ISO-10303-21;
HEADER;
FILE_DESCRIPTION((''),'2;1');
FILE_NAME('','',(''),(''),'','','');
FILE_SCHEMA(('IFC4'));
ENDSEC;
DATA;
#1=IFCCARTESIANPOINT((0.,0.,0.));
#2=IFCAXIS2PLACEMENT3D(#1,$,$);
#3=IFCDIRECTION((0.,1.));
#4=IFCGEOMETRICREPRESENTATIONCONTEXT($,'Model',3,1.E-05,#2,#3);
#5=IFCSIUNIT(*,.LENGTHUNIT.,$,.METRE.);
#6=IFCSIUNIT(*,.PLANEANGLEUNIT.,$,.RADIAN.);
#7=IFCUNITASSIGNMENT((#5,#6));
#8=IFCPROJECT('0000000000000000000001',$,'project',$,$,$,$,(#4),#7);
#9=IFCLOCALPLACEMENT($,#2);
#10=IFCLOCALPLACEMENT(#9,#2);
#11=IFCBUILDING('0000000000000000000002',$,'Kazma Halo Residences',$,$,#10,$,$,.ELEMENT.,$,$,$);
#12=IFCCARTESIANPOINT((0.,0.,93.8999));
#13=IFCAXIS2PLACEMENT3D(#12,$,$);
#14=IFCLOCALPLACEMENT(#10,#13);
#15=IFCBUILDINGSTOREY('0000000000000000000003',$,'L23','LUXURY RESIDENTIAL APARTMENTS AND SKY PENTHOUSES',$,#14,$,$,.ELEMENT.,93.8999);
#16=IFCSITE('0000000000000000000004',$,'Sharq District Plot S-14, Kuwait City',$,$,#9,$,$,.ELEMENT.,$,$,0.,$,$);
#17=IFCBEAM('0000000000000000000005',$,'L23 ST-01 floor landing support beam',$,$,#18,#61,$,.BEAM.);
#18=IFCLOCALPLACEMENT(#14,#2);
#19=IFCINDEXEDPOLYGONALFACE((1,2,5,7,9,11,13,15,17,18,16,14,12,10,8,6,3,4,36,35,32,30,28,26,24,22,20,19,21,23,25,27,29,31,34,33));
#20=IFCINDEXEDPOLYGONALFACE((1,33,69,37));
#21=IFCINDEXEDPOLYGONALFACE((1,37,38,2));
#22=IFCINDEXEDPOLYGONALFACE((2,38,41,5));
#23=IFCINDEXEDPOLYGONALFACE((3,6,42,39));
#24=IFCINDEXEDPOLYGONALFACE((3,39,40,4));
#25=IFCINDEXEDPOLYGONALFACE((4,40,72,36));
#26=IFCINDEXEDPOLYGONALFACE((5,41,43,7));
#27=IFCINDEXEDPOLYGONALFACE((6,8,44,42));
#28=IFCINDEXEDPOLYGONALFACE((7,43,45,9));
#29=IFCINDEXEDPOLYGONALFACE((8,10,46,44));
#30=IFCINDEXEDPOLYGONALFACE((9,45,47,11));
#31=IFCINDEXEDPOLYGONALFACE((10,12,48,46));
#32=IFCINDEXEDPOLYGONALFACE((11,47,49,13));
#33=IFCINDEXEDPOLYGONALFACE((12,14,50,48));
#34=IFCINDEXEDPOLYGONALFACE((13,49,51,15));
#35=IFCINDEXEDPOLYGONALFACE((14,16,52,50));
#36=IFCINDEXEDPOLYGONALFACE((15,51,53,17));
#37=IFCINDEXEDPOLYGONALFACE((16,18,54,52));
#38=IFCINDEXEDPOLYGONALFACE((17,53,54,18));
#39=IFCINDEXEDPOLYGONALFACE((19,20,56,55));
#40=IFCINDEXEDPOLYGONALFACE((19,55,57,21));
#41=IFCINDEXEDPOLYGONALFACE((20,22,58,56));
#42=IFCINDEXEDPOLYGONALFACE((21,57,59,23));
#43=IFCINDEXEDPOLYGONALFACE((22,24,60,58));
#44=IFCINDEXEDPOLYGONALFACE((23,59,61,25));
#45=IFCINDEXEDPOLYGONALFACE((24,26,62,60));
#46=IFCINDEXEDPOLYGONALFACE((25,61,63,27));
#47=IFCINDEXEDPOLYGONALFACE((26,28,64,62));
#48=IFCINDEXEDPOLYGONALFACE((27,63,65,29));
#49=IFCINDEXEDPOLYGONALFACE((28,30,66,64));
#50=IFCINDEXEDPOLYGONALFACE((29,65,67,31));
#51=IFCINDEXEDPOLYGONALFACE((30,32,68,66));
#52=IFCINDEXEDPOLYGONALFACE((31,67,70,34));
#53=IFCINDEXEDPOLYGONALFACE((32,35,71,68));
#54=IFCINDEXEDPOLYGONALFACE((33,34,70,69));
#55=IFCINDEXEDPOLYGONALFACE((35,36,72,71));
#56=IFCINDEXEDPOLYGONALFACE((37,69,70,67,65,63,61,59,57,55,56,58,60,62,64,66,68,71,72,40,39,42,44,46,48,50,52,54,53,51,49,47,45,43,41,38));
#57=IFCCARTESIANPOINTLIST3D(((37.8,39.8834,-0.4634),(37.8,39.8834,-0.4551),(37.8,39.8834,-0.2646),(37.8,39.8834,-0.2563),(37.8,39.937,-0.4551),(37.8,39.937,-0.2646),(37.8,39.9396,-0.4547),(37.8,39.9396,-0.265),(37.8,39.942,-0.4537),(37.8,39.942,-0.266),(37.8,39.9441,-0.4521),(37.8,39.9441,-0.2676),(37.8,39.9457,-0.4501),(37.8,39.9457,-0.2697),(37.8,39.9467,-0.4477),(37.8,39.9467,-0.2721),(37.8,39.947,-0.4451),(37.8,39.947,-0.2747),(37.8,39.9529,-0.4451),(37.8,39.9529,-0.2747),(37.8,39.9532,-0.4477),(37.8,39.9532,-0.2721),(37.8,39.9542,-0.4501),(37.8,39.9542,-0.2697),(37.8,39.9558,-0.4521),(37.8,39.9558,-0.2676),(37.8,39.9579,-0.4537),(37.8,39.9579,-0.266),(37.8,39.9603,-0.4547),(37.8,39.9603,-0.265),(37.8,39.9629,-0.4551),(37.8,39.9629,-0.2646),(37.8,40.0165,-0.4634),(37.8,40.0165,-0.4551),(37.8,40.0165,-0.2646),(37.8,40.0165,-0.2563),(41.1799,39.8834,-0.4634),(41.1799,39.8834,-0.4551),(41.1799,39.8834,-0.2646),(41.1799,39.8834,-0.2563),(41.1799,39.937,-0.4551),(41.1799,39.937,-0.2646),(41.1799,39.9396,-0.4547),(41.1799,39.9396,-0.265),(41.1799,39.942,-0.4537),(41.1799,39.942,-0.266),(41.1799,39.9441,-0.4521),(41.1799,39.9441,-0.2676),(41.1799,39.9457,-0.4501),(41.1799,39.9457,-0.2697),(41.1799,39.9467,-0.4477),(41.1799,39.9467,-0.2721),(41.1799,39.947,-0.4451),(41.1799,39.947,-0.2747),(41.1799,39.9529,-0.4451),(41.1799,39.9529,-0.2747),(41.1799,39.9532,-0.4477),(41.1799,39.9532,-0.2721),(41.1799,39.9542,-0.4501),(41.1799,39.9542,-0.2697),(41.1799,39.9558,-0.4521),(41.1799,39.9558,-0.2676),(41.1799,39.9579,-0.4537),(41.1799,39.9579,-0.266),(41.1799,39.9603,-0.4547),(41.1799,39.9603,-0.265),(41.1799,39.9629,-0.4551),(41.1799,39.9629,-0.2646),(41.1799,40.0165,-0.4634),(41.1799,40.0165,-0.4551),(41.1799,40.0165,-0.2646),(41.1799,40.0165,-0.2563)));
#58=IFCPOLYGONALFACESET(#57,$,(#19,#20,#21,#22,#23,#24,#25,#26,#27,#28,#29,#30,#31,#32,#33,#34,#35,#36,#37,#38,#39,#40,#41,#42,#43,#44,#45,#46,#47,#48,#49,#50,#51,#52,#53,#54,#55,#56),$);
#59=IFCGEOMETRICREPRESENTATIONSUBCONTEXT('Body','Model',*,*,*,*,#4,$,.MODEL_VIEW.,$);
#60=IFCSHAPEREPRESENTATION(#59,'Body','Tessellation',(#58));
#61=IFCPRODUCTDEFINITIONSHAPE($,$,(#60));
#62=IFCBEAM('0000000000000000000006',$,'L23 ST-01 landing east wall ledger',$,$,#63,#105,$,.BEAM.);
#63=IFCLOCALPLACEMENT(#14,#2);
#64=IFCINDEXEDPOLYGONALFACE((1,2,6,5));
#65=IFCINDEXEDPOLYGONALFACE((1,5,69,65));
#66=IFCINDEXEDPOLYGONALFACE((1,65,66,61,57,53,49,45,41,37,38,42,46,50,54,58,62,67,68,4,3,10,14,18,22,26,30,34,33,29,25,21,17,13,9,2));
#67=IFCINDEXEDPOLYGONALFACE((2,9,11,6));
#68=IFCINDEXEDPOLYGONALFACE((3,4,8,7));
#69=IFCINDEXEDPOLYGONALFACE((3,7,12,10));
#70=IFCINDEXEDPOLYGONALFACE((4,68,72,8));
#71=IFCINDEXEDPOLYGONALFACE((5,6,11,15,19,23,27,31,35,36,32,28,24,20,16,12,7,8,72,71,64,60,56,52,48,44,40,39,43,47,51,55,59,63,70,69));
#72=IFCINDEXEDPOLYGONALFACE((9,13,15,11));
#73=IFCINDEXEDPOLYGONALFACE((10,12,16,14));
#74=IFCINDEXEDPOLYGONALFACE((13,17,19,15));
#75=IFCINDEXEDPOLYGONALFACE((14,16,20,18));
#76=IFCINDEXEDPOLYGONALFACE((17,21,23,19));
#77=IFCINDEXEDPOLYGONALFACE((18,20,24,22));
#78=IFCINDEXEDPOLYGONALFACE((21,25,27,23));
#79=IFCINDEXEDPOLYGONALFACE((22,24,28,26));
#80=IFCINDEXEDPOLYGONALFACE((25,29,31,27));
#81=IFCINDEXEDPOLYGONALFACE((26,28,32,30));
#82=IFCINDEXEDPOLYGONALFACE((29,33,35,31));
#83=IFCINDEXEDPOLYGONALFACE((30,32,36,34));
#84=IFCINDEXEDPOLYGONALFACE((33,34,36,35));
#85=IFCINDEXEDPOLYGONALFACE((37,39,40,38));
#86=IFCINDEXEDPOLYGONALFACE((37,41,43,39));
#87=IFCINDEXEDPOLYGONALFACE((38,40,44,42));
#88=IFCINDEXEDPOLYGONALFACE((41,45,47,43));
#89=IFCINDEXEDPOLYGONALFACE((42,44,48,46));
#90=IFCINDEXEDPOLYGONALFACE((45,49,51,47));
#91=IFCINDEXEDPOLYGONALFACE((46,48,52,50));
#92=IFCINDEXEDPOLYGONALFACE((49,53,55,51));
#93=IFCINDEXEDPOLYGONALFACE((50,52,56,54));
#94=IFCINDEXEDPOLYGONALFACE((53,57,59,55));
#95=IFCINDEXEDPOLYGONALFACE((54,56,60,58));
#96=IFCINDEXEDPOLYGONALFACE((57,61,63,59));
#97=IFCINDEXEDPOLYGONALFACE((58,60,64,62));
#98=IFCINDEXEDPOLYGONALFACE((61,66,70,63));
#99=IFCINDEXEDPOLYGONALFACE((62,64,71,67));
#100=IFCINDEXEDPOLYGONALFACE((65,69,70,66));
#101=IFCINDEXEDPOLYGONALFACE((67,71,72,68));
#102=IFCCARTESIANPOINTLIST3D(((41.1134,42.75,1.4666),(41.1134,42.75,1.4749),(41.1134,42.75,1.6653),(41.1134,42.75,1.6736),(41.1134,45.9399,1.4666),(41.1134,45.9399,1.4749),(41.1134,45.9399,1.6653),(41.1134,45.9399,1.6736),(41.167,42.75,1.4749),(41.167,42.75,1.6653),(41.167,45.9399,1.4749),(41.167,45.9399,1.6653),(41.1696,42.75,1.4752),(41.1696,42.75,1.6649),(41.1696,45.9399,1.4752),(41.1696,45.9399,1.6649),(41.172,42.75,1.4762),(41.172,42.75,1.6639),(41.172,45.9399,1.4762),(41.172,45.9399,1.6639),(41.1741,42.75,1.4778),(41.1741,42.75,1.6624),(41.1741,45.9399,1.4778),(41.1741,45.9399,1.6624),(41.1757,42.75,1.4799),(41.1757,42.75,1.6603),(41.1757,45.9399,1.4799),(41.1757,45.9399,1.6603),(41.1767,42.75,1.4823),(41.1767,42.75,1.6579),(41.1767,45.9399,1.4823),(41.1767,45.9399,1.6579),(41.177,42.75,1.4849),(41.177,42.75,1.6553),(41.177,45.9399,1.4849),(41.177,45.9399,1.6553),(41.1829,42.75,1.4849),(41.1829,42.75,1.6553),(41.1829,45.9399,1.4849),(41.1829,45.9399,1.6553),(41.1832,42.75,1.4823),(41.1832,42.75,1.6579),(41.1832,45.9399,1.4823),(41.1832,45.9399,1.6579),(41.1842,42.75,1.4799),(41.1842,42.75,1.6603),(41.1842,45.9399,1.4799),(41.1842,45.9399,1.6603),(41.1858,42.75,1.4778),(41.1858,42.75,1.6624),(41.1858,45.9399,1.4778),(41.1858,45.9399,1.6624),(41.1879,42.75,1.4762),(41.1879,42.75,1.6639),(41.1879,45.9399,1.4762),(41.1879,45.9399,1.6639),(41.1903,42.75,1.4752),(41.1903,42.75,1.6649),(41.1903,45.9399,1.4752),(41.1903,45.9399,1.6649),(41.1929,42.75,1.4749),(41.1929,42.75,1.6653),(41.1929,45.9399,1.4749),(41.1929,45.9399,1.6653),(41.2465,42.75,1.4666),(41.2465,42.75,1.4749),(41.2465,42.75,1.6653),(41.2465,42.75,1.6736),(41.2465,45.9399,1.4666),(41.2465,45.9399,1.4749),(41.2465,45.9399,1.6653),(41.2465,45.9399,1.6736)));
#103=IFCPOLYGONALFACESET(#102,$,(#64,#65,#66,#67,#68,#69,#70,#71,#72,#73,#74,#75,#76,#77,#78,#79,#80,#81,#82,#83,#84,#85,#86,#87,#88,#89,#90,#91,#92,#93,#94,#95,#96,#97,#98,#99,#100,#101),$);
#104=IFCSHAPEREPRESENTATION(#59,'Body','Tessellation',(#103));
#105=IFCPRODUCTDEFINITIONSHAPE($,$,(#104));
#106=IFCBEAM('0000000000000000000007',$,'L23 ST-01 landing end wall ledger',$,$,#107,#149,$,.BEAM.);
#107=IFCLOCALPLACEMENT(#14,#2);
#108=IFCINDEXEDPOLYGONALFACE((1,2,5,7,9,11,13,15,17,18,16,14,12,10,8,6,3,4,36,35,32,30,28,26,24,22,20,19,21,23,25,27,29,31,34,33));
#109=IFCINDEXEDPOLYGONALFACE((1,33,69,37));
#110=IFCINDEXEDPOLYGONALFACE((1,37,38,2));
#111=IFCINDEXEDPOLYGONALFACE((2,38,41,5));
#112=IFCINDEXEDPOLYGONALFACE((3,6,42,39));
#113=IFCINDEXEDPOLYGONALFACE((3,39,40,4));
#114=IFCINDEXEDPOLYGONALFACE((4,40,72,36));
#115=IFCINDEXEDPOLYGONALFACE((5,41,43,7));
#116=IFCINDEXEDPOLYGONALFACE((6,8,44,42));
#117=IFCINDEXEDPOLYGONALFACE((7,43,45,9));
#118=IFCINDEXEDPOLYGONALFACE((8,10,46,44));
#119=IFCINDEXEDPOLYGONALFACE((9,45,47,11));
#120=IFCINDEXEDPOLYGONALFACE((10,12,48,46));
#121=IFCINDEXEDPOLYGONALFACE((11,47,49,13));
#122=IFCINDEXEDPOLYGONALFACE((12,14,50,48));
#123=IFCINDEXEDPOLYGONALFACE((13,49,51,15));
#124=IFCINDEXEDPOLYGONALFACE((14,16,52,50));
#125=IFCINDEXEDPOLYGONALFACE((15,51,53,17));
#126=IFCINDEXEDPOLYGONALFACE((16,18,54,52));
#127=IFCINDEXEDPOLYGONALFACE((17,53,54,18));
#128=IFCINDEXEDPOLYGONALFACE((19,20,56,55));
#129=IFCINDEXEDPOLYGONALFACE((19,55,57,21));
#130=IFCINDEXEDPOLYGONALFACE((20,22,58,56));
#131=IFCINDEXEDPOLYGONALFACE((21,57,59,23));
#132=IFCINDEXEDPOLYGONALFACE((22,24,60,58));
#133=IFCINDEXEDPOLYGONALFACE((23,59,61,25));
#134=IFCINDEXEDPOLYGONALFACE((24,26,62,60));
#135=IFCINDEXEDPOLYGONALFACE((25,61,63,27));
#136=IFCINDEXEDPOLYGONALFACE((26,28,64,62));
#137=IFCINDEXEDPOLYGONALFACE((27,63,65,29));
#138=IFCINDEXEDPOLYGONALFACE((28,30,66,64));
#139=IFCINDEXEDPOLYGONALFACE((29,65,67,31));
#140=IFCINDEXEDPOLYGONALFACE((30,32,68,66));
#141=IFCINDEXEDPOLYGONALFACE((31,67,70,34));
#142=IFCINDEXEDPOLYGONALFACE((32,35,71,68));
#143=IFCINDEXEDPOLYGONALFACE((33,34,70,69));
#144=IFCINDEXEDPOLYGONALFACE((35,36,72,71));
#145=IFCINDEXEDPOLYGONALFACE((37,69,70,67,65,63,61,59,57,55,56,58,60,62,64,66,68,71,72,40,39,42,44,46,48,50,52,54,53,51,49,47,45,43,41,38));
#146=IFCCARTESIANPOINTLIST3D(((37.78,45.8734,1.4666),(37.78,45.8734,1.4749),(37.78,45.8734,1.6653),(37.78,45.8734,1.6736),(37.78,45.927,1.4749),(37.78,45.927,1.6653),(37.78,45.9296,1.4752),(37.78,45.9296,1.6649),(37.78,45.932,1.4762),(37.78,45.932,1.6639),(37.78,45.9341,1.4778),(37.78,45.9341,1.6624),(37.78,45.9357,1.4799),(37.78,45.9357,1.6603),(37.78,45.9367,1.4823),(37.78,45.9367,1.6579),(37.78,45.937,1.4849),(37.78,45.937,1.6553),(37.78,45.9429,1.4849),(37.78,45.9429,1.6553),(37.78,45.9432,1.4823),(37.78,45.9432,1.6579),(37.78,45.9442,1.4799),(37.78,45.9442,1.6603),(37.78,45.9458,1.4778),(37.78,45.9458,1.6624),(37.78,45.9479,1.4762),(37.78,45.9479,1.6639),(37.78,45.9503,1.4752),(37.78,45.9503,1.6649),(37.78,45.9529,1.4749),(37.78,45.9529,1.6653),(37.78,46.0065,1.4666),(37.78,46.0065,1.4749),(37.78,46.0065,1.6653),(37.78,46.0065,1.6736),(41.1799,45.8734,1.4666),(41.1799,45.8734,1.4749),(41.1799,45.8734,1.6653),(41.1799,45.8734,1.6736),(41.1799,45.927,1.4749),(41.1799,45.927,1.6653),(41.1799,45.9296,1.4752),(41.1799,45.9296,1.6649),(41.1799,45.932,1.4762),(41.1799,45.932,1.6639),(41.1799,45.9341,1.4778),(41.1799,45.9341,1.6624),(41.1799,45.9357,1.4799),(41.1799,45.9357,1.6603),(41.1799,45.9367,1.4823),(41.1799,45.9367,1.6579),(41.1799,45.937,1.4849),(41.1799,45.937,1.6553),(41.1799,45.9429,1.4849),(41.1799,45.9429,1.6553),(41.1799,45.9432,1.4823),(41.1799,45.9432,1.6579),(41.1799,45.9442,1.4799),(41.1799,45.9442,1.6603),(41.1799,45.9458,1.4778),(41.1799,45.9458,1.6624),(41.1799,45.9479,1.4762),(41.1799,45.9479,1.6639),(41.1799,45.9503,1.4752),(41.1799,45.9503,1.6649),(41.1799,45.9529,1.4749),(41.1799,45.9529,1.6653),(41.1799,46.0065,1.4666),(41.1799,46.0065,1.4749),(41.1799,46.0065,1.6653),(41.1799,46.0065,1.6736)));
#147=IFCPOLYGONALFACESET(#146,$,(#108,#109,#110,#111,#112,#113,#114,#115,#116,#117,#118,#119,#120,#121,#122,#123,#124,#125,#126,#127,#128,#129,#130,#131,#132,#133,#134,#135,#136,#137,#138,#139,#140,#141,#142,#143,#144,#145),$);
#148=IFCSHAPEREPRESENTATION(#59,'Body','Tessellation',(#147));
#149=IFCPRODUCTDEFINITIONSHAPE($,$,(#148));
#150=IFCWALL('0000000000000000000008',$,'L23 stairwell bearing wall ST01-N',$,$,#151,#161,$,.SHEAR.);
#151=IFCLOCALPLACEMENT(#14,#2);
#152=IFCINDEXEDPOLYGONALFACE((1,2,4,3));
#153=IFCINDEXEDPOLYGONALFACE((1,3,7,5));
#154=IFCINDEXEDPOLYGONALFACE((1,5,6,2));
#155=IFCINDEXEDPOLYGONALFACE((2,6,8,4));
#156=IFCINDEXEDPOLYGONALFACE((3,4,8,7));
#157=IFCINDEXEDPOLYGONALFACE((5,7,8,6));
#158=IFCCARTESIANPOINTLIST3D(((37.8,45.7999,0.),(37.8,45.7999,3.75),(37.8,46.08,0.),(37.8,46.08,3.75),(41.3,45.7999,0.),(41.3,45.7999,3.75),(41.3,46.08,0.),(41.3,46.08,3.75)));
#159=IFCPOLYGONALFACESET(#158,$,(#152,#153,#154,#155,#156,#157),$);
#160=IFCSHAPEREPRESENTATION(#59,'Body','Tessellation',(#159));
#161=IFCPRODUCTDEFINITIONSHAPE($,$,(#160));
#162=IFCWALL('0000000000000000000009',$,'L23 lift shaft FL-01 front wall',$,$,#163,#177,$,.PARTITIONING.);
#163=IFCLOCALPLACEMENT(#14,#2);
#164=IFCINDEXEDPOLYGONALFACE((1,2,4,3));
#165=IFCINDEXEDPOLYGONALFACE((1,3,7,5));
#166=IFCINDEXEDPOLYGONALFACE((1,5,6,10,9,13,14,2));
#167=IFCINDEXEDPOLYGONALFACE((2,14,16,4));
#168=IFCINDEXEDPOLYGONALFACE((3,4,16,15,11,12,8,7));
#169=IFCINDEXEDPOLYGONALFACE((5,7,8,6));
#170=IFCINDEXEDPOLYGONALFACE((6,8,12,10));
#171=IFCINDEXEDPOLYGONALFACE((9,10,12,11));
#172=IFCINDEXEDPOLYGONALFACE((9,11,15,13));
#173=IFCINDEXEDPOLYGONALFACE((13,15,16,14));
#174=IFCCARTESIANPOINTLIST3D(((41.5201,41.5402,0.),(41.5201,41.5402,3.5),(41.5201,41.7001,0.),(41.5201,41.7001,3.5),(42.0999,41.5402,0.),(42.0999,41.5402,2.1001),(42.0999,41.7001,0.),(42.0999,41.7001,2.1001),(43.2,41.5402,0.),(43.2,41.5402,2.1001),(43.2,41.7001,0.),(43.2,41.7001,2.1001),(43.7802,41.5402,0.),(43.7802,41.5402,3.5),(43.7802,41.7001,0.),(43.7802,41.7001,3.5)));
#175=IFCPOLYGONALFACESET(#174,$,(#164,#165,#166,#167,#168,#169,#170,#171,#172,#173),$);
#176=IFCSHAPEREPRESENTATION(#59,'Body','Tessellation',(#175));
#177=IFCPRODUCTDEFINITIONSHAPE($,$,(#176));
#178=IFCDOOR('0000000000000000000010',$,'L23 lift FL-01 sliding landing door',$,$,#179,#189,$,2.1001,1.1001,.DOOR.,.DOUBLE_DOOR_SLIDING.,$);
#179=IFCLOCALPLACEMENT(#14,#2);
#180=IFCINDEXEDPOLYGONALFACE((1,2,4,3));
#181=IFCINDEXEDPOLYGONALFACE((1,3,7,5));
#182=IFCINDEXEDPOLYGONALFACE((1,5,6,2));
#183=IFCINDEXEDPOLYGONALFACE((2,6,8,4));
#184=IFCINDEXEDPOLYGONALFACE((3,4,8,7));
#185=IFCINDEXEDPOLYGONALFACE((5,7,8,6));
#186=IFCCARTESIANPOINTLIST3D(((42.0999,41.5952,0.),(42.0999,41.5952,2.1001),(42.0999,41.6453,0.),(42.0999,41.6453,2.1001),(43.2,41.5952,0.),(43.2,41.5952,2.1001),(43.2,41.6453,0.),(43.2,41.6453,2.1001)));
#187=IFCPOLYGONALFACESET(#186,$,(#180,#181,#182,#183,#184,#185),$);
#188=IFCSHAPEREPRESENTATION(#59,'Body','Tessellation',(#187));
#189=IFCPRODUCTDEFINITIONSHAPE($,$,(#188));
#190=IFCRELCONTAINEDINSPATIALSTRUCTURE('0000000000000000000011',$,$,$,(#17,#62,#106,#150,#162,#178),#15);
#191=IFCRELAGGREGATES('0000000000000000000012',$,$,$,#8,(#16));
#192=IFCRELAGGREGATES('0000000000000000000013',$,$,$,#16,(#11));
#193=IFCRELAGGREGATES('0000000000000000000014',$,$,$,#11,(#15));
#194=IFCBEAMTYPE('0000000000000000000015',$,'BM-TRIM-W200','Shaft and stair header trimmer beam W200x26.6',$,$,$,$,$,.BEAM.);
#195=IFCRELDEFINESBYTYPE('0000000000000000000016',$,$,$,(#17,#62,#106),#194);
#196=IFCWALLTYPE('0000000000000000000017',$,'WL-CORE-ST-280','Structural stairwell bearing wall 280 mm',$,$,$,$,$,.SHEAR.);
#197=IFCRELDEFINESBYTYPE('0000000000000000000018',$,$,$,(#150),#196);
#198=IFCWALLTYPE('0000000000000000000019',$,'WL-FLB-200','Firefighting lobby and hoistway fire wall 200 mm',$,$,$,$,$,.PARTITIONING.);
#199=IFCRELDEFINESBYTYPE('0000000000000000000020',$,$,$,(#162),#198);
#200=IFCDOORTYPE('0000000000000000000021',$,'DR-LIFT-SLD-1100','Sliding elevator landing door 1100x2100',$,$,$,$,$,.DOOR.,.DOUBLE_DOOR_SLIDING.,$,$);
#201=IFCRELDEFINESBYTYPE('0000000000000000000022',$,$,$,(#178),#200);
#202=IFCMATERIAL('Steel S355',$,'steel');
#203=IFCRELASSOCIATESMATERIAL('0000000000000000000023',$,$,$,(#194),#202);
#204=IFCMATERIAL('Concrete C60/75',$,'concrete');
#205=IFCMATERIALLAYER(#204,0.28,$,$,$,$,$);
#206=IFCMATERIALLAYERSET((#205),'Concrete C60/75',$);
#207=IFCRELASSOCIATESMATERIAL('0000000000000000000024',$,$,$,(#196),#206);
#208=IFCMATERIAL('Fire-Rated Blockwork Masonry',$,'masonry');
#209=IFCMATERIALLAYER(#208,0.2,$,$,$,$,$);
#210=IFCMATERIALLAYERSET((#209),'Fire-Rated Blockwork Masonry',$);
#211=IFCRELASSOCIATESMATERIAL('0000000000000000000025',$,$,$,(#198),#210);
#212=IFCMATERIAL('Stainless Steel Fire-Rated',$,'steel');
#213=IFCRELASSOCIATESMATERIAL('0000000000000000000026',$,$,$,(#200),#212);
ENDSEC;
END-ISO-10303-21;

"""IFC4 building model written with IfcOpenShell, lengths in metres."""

from ifc_helpers import new_model, si_unit, direction, frame, frame_2d, origin, origin_2d, place, context, subcontext, project, spatial, rectangle, i_section, extrude, material, layer, layer_set, material_profile, profile_set, type_object, element, fill, save


model = new_model("IFC4")

# Units and contexts
model_context = context("Model", 3, precision=1e-05, world=origin(), true_north=direction((0.0, 1.0)))
body_context = subcontext(model_context, "Body", "Model", "MODEL_VIEW")
ifc_project = project(units=[si_unit("LENGTHUNIT", "METRE"), si_unit("PLANEANGLEUNIT", "RADIAN")], contexts=[model_context])

# Site, building, storey
site_placement = place(None, origin())
site = spatial("IfcSite", under=ifc_project, at=site_placement, Name="Sharq District Plot S-14, Kuwait City", CompositionType="ELEMENT", RefElevation=0.0)
building_placement = place(site_placement, origin())
building = spatial("IfcBuilding", under=site, at=building_placement, Name="Kazma Halo Residences", CompositionType="ELEMENT")
storey_placement = place(building_placement, frame((0.0, 0.0, 93.8999)))
storey = spatial("IfcBuildingStorey", under=building, at=storey_placement, Name="L23", Description="LUXURY RESIDENTIAL APARTMENTS AND SKY PENTHOUSES", CompositionType="ELEMENT", Elevation=93.8999)

# Shared definitions
ifc_material_1 = material(Name="Steel S355", Category="steel")

# Beams
ifc_material_profile_1 = material_profile(ifc_material_1, i_section(OverallWidth=0.1331, OverallDepth=0.207, WebThickness=0.0059, FlangeThickness=0.0083, FilletRadius=0.01, at=origin_2d()), Name="W200x26.6")
ifc_profile_set_1 = profile_set([ifc_material_profile_1], Name="Steel S355")
beam_type_1 = type_object("IfcBeamType", Name="BM-TRIM-W200", Description="Shaft and stair header trimmer beam W200x26.6", PredefinedType="BEAM", material=ifc_profile_set_1)
beam_1_placement = place(storey_placement, frame((37.8, 39.95, -0.3599), z_axis=(1.0, 0.0, 0.0), x_axis=(0.0, 1.0, 0.0)))
element("IfcBeam", 1, at=beam_1_placement, inside=storey, type_object=beam_type_1, Name="L23 ST-01 floor landing support beam", PredefinedType="BEAM", context=body_context, shape_type="SweptSolid", body=[
    extrude(i_section(OverallWidth=0.1331, OverallDepth=0.207, WebThickness=0.0059, FlangeThickness=0.0083, FilletRadius=0.01, at=origin_2d()), origin(), (0.0, 0.0, 1.0), 3.3799),
])
beam_2_placement = place(storey_placement, frame((41.1799, 42.75, 1.5701), z_axis=(0.0, 1.0, 0.0), x_axis=(-1.0, 0.0, 0.0)))
element("IfcBeam", 2, at=beam_2_placement, inside=storey, type_object=beam_type_1, Name="L23 ST-01 landing east wall ledger", PredefinedType="BEAM", context=body_context, shape_type="SweptSolid", body=[
    extrude(i_section(OverallWidth=0.1331, OverallDepth=0.207, WebThickness=0.0059, FlangeThickness=0.0083, FilletRadius=0.01, at=origin_2d()), origin(), (0.0, 0.0, 1.0), 3.1899),
])
beam_3_placement = place(storey_placement, frame((37.78, 45.9399, 1.5701), z_axis=(1.0, 0.0, 0.0), x_axis=(0.0, 1.0, 0.0)))
element("IfcBeam", 3, at=beam_3_placement, inside=storey, type_object=beam_type_1, Name="L23 ST-01 landing end wall ledger", PredefinedType="BEAM", context=body_context, shape_type="SweptSolid", body=[
    extrude(i_section(OverallWidth=0.1331, OverallDepth=0.207, WebThickness=0.0059, FlangeThickness=0.0083, FilletRadius=0.01, at=origin_2d()), origin(), (0.0, 0.0, 1.0), 3.3999),
])

# Wall
ifc_material_2 = material(Name="Concrete C60/75", Category="concrete")
ifc_layer_1 = layer(ifc_material_2, 0.28)
ifc_layer_set_1 = layer_set([ifc_layer_1], Name="Concrete C60/75")
wall_type_1 = type_object("IfcWallType", Name="WL-CORE-ST-280", Description="Structural stairwell bearing wall 280 mm", PredefinedType="SHEAR", material=ifc_layer_set_1)
wall_1_placement = place(storey_placement, frame((37.8, 45.9399, 0.0), z_axis=(0.0, 0.0, 1.0), x_axis=(1.0, 0.0, 0.0)))
element("IfcWall", 4, at=wall_1_placement, inside=storey, type_object=wall_type_1, Name="L23 stairwell bearing wall ST01-N", PredefinedType="SHEAR", context=body_context, shape_type="SweptSolid", body=[
    extrude(rectangle(XDim=3.5, YDim=0.28, at=frame_2d((1.75, 0.0))), origin(), (0.0, 0.0, 1.0), 3.75),
])

# Wall, opening, door
ifc_material_3 = material(Name="Fire-Rated Blockwork Masonry", Category="masonry")
ifc_layer_2 = layer(ifc_material_3, 0.2)
ifc_layer_set_2 = layer_set([ifc_layer_2], Name="Fire-Rated Blockwork Masonry")
wall_type_2 = type_object("IfcWallType", Name="WL-FLB-200", Description="Firefighting lobby and hoistway fire wall 200 mm", PredefinedType="PARTITIONING", material=ifc_layer_set_2)
wall_2_placement = place(storey_placement, frame((43.78, 41.6201, 0.0), z_axis=(0.0, 0.0, 1.0), x_axis=(-1.0, 0.0, 0.0)))
wall_2 = element("IfcWall", 5, at=wall_2_placement, inside=storey, type_object=wall_type_2, Name="L23 lift shaft FL-01 front wall", PredefinedType="PARTITIONING", context=body_context, shape_type="SweptSolid", body=[
    extrude(rectangle(XDim=2.26, YDim=0.1599, at=frame_2d((1.1299, 0.0))), origin(), (0.0, 0.0, 1.0), 3.5),
])
opening_placement = place(wall_2_placement, frame((0.5801, 0.0, 0.0)))
opening = element("IfcOpeningElement", 6, at=opening_placement, cuts=wall_2, PredefinedType="OPENING", context=body_context, shape_type="SweptSolid", body=[
    extrude(rectangle(XDim=1.1001, YDim=2.1001, at=frame_2d((0.55, 1.05))), frame((0.0, 0.0898, 0.0), z_axis=(0.0, -1.0, 0.0), x_axis=(1.0, 0.0, 0.0)), (0.0, 0.0, 1.0), 0.1799),
])
ifc_material_4 = material(Name="Stainless Steel Fire-Rated", Category="steel")
door_type = type_object("IfcDoorType", Name="DR-LIFT-SLD-1100", Description="Sliding elevator landing door 1100x2100", OperationType="DOUBLE_DOOR_SLIDING", PredefinedType="DOOR", material=ifc_material_4)
door_placement = place(opening_placement, origin())
door = element("IfcDoor", 7, at=door_placement, inside=storey, type_object=door_type, Name="L23 lift FL-01 sliding landing door", OperationType="DOUBLE_DOOR_SLIDING", OverallHeight=2.1001, OverallWidth=1.1001, PredefinedType="DOOR", context=body_context, shape_type="SweptSolid", body=[
    extrude(rectangle(XDim=1.1001, YDim=2.1001, at=frame_2d((0.55, 1.05))), frame((0.0, 0.0249, 0.0), z_axis=(0.0, -1.0, 0.0), x_axis=(1.0, 0.0, 0.0)), (0.0, 0.0, 1.0), 0.05),
])
fill(opening, door)

save(model, "model.ifc")
